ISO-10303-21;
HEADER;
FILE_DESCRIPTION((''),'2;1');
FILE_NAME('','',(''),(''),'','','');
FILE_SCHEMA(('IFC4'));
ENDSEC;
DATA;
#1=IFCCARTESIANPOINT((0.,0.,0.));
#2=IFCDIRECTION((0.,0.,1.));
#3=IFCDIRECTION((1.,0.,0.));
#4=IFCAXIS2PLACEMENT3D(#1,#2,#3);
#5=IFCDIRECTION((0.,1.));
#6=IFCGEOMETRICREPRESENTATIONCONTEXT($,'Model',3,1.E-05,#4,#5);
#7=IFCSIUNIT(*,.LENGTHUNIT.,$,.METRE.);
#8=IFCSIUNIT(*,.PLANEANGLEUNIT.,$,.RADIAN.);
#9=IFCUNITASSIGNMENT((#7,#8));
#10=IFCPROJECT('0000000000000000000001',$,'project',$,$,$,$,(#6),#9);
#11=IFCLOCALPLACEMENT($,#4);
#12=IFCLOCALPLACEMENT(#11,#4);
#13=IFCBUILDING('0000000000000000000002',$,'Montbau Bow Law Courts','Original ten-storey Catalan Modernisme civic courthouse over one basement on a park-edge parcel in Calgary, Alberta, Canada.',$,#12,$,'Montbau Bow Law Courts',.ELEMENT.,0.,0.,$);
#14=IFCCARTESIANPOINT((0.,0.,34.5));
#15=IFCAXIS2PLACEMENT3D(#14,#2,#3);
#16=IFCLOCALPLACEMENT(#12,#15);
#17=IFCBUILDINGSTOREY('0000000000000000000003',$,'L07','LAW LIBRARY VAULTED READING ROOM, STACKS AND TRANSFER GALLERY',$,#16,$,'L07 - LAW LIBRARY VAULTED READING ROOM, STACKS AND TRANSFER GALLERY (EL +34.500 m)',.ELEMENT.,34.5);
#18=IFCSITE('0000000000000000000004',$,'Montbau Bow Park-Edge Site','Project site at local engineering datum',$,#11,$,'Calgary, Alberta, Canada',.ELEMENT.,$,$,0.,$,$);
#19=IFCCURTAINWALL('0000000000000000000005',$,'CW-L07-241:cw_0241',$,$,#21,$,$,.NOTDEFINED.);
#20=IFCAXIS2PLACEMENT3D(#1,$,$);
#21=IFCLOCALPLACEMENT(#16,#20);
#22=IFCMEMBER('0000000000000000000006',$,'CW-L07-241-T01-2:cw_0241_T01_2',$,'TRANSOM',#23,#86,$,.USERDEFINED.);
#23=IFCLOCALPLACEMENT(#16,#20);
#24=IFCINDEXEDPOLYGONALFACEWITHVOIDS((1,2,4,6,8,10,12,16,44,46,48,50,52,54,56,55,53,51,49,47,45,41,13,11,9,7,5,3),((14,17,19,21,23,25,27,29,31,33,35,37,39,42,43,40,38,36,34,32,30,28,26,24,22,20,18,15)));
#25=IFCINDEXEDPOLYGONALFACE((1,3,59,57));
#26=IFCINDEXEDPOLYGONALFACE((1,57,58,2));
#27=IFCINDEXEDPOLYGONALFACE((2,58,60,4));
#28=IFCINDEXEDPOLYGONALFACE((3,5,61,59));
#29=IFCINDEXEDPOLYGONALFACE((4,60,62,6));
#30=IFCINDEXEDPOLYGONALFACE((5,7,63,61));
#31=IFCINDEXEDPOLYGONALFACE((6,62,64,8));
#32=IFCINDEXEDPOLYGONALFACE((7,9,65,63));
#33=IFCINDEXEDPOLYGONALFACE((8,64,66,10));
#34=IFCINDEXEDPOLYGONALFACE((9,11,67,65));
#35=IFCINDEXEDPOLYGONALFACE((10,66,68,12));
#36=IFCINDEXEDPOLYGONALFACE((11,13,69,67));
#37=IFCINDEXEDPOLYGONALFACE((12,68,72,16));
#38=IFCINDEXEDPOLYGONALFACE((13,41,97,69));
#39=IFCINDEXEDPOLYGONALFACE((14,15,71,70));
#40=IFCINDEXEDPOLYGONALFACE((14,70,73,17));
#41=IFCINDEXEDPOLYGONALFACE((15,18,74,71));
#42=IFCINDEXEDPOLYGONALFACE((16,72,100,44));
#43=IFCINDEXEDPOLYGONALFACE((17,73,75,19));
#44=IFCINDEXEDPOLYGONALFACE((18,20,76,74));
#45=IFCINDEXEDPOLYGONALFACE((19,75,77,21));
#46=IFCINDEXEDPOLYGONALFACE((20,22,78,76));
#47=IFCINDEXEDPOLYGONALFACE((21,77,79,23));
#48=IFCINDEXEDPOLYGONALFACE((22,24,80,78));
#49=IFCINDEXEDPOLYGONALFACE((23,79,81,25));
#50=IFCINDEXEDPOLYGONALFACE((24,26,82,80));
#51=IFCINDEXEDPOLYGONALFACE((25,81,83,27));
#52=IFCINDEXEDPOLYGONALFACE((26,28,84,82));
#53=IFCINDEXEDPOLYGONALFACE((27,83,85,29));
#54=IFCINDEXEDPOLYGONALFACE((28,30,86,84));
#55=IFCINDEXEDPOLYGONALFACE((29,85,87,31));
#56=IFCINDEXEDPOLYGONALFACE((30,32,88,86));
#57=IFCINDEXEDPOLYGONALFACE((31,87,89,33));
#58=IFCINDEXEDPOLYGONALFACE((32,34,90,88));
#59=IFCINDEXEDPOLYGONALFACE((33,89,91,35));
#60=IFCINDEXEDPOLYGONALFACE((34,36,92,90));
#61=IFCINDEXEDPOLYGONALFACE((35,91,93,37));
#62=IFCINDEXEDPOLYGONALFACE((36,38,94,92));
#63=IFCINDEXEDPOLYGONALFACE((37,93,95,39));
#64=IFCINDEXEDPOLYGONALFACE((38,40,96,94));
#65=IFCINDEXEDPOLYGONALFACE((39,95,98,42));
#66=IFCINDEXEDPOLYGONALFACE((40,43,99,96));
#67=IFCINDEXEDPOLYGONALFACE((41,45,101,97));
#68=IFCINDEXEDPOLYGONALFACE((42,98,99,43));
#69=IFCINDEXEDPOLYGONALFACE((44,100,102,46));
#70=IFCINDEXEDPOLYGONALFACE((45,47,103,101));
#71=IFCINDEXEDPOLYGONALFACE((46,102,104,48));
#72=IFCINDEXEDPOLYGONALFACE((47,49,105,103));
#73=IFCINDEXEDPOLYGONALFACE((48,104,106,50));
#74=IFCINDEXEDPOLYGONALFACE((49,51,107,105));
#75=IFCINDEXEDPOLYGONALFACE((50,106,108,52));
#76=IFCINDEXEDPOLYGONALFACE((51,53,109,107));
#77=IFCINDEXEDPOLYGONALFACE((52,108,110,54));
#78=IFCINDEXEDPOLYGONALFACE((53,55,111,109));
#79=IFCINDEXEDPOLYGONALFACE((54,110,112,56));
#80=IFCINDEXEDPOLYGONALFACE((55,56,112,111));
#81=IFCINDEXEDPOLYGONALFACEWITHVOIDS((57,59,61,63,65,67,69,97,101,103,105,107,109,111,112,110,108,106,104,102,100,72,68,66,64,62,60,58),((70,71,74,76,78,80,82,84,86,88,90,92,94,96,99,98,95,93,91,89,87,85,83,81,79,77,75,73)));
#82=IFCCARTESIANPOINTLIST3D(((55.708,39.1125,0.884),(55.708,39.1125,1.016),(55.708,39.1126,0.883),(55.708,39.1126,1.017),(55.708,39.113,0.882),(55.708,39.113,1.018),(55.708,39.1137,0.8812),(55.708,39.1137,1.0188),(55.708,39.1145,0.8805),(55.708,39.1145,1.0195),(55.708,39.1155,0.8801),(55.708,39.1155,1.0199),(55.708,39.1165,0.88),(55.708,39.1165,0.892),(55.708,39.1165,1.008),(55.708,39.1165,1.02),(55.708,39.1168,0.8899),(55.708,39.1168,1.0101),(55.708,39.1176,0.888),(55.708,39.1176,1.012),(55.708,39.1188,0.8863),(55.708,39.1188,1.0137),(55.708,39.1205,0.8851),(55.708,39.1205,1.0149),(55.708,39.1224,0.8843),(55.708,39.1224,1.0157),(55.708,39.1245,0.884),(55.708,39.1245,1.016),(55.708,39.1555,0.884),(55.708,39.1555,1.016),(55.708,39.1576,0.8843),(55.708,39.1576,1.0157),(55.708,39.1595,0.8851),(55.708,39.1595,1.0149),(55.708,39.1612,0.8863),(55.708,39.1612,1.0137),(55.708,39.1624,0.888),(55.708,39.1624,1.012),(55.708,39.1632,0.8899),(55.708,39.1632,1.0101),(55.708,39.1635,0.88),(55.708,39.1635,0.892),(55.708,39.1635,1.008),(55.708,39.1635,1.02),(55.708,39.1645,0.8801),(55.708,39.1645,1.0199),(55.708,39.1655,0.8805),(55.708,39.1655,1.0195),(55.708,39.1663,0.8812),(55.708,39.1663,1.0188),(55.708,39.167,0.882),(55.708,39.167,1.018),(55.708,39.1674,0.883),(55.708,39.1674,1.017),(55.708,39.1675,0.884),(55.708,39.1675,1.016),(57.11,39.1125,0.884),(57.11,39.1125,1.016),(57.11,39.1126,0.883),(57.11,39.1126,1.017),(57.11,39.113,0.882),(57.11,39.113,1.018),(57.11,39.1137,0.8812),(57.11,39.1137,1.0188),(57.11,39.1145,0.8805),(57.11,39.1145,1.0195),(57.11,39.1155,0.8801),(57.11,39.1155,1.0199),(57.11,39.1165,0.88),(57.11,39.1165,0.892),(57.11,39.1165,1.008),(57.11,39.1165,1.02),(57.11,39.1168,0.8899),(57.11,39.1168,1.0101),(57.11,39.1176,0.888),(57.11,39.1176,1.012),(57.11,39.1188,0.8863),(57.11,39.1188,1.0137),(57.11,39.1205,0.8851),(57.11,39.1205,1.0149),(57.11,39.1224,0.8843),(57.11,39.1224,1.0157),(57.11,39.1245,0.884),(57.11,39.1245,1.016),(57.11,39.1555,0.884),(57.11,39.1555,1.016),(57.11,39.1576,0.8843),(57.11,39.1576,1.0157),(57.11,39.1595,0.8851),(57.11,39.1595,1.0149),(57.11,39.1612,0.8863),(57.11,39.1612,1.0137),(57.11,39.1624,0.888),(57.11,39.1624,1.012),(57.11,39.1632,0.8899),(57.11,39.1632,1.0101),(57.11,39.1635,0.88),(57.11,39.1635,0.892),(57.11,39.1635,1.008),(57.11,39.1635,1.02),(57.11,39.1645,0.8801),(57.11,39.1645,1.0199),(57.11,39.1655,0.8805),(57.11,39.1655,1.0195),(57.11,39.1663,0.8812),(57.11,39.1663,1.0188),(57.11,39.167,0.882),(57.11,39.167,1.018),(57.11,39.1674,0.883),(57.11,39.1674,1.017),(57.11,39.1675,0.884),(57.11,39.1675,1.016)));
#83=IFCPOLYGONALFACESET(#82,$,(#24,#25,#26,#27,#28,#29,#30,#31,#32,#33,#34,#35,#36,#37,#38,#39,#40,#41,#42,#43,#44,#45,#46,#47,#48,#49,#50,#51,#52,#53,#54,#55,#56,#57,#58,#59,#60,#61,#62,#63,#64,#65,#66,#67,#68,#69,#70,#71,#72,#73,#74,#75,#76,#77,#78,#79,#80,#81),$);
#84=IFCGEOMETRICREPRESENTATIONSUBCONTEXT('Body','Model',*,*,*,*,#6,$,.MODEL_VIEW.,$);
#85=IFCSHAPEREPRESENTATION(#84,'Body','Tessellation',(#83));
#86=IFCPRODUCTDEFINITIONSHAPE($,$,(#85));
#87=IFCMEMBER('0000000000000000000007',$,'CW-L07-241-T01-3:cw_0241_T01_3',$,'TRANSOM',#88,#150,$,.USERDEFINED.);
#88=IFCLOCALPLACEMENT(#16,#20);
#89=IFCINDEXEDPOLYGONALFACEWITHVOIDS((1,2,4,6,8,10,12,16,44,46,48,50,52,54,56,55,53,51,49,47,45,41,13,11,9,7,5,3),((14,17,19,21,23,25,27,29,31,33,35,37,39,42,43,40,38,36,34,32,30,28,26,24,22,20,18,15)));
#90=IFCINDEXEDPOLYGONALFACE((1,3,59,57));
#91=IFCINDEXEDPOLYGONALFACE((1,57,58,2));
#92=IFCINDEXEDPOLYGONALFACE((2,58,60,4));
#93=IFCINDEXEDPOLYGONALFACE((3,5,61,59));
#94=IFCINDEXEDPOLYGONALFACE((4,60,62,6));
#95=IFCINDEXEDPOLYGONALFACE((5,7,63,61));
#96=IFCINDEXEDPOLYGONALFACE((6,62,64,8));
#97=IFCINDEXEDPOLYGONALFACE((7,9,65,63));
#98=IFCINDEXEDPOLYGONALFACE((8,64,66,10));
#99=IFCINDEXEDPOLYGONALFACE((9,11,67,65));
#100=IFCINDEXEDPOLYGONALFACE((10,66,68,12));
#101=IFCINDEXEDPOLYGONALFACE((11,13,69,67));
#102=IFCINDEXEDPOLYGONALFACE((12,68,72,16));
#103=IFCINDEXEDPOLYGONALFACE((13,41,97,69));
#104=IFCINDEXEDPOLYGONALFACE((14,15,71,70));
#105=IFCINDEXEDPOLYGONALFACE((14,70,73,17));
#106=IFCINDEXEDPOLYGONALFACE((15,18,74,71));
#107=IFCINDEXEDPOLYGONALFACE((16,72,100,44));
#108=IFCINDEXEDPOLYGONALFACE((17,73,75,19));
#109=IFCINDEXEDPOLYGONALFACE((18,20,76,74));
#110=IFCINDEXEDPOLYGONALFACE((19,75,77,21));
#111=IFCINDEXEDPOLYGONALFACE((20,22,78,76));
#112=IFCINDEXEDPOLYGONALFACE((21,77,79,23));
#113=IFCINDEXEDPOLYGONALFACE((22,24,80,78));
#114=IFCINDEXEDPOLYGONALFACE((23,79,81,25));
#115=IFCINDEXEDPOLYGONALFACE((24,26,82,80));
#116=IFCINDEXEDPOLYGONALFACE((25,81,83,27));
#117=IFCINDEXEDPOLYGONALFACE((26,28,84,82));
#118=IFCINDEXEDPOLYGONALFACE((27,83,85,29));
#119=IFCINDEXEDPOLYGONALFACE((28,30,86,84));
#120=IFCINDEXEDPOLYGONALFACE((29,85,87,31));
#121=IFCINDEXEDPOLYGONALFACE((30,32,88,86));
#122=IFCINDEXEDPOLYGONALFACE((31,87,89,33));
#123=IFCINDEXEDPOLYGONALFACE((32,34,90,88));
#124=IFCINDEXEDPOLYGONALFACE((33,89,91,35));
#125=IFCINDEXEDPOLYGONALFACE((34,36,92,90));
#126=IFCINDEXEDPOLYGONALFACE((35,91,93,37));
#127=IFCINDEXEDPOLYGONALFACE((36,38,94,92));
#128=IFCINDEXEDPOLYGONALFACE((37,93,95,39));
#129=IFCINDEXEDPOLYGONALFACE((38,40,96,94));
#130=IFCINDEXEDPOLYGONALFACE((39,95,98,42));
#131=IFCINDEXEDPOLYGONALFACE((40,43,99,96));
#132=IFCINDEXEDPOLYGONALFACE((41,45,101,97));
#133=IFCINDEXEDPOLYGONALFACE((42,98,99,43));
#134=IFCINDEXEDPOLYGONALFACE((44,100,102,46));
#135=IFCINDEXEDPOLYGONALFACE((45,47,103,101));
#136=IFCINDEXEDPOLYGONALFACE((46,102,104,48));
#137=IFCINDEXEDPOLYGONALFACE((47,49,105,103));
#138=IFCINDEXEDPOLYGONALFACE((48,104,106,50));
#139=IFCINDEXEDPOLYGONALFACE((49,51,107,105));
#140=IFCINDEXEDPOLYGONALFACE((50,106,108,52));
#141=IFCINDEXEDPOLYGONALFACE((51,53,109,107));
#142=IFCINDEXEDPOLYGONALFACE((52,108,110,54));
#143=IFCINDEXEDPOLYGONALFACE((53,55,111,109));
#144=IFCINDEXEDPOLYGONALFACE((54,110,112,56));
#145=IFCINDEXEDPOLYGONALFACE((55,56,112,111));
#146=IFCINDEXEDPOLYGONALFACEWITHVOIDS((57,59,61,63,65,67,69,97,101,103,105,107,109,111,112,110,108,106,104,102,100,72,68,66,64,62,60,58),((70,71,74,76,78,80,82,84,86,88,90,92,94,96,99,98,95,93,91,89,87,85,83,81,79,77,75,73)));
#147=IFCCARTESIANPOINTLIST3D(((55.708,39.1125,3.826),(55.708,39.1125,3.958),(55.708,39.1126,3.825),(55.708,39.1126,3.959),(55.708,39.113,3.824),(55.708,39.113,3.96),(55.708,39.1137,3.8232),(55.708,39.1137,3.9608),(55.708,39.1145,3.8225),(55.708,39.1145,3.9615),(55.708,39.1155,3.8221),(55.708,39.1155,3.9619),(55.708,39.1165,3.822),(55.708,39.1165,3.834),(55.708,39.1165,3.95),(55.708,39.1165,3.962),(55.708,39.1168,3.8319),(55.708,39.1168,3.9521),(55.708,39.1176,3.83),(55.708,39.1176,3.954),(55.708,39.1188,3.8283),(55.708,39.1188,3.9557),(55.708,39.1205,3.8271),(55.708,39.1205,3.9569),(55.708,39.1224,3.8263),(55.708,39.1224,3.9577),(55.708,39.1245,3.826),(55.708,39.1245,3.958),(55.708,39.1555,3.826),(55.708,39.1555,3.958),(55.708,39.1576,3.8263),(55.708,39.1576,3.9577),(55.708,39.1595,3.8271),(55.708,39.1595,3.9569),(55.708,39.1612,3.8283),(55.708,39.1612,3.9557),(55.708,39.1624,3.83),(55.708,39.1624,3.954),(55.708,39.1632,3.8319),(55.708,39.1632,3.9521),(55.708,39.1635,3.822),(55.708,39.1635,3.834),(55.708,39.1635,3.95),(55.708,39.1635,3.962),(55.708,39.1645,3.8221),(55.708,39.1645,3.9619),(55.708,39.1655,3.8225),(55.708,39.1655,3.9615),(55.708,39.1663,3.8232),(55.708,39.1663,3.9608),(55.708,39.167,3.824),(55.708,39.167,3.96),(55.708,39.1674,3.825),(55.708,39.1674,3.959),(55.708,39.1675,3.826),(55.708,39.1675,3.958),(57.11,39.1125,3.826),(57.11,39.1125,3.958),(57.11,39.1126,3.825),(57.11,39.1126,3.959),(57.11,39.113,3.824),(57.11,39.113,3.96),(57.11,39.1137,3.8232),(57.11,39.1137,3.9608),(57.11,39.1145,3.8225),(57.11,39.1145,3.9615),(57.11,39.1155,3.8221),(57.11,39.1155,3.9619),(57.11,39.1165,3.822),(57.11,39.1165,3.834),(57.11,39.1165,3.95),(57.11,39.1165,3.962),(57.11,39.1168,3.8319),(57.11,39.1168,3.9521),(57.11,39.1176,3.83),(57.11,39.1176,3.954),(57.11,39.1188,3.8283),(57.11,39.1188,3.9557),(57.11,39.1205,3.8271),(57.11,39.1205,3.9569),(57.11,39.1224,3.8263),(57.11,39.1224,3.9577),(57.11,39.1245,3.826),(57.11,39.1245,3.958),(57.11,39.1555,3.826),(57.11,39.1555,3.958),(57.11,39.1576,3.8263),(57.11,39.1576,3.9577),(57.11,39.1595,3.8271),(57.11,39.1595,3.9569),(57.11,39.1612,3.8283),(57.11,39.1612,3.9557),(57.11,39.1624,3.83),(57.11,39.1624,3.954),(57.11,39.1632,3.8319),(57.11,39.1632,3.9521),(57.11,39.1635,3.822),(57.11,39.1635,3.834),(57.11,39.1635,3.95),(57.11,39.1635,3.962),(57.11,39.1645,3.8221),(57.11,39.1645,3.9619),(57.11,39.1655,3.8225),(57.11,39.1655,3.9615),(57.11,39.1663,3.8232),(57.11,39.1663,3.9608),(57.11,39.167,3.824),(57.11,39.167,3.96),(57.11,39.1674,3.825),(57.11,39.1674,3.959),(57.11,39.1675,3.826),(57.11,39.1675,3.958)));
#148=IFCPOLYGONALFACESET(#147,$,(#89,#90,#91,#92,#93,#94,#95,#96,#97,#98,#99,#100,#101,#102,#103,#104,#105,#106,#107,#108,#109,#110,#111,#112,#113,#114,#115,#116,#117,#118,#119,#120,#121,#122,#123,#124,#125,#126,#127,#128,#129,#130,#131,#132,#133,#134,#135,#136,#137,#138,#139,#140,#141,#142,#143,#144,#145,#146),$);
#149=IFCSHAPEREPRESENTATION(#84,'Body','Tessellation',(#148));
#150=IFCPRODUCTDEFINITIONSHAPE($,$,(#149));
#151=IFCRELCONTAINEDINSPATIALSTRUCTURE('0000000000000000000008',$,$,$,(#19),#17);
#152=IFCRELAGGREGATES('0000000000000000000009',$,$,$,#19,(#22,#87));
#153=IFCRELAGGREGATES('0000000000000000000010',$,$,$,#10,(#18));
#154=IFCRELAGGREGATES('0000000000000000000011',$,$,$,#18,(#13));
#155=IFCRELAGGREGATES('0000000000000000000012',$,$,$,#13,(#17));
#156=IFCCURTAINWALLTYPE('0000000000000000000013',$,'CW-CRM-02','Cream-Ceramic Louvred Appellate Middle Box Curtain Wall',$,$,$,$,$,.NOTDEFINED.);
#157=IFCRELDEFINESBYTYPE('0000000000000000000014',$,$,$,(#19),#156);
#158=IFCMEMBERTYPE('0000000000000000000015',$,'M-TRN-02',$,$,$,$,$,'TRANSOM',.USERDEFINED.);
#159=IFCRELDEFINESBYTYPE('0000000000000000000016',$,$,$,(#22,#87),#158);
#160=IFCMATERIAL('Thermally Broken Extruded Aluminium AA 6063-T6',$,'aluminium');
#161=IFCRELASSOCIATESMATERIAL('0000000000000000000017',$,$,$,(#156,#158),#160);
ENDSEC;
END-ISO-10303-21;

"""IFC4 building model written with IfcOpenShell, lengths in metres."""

from ifc_helpers import new_model, si_unit, direction, frame, origin_with_axes, origin_2d_with_axis, place, context, subcontext, project, spatial, hollow_rectangle, extrude, material, material_profile, profile_set, type_object, element, aggregate, save


model = new_model("IFC4")

# Units and contexts
model_context = context("Model", 3, precision=1e-05, world=origin_with_axes(), true_north=direction((0.0, 1.0)))
body_context = subcontext(model_context, "Body", "Model", "MODEL_VIEW")
ifc_project = project(units=[si_unit("LENGTHUNIT", "METRE"), si_unit("PLANEANGLEUNIT", "RADIAN")], contexts=[model_context])

# Site, building, storey
site_placement = place(None, origin_with_axes())
site = spatial("IfcSite", under=ifc_project, at=site_placement, Name="Montbau Bow Park-Edge Site", Description="Project site at local engineering datum", LongName="Calgary, Alberta, Canada", CompositionType="ELEMENT", RefElevation=0.0)
building_placement = place(site_placement, origin_with_axes())
building = spatial("IfcBuilding", under=site, at=building_placement, Name="Montbau Bow Law Courts", Description="Original ten-storey Catalan Modernisme civic courthouse over one basement on a park-edge parcel in Calgary, Alberta, Canada.", LongName="Montbau Bow Law Courts", CompositionType="ELEMENT", ElevationOfRefHeight=0.0, ElevationOfTerrain=0.0)
storey_placement = place(building_placement, frame((0.0, 0.0, 34.5), z_axis=(0.0, 0.0, 1.0), x_axis=(1.0, 0.0, 0.0)))
storey = spatial("IfcBuildingStorey", under=building, at=storey_placement, Name="L07", Description="LAW LIBRARY VAULTED READING ROOM, STACKS AND TRANSFER GALLERY", LongName="L07 - LAW LIBRARY VAULTED READING ROOM, STACKS AND TRANSFER GALLERY (EL +34.500 m)", CompositionType="ELEMENT", Elevation=34.5)

# Curtain wall, members
ifc_material_1 = material(Name="Thermally Broken Extruded Aluminium AA 6063-T6", Category="aluminium")
curtain_wall_type = type_object("IfcCurtainWallType", Name="CW-CRM-02", Description="Cream-Ceramic Louvred Appellate Middle Box Curtain Wall", PredefinedType="NOTDEFINED", material=ifc_material_1)
curtain_wall_placement = place(None, frame((55.64, 39.14, 34.5), z_axis=(0.0, 0.0, 1.0), x_axis=(1.0, 0.0, 0.0)))
curtain_wall = element("IfcCurtainWall", 1, at=curtain_wall_placement, inside=storey, type_object=curtain_wall_type, Name="CW-L07-241:cw_0241", PredefinedType="NOTDEFINED")
ifc_material_profile_1 = material_profile(ifc_material_1, hollow_rectangle(XDim=0.055, YDim=0.14, WallThickness=0.004, InnerFilletRadius=0.008, OuterFilletRadius=0.004, at=origin_2d_with_axis()), Name="CWT-140X55", Category="Main", Priority=0)
ifc_profile_set_1 = profile_set([ifc_material_profile_1], Name="Thermally Broken Extruded Aluminium AA 6063-T6")
member_type_1 = type_object("IfcMemberType", Name="M-TRN-02", ElementType="TRANSOM", PredefinedType="USERDEFINED", material=ifc_profile_set_1)
member_1_placement = place(None, frame((55.708, 39.14, 35.45), z_axis=(1.0, 0.0, 0.0), x_axis=(0.0, 1.0, 0.0)))
member_1 = element("IfcMember", 2, at=member_1_placement, type_object=member_type_1, Name="CW-L07-241-T01-2:cw_0241_T01_2", ObjectType="TRANSOM", PredefinedType="USERDEFINED", context=body_context, shape_type="SweptSolid", body=[
    extrude(hollow_rectangle(XDim=0.055, YDim=0.14, WallThickness=0.004, InnerFilletRadius=0.008, OuterFilletRadius=0.004, at=origin_2d_with_axis()), origin_with_axes(), (0.0, 0.0, 1.0), 1.402),
])
member_2_placement = place(None, frame((55.708, 39.14, 38.392), z_axis=(1.0, 0.0, 0.0), x_axis=(0.0, 1.0, 0.0)))
member_2 = element("IfcMember", 3, at=member_2_placement, type_object=member_type_1, Name="CW-L07-241-T01-3:cw_0241_T01_3", ObjectType="TRANSOM", PredefinedType="USERDEFINED", context=body_context, shape_type="SweptSolid", body=[
    extrude(hollow_rectangle(XDim=0.055, YDim=0.14, WallThickness=0.004, InnerFilletRadius=0.008, OuterFilletRadius=0.004, at=origin_2d_with_axis()), origin_with_axes(), (0.0, 0.0, 1.0), 1.402),
])
aggregate(curtain_wall, [member_1, member_2])

save(model, "model.ifc")
